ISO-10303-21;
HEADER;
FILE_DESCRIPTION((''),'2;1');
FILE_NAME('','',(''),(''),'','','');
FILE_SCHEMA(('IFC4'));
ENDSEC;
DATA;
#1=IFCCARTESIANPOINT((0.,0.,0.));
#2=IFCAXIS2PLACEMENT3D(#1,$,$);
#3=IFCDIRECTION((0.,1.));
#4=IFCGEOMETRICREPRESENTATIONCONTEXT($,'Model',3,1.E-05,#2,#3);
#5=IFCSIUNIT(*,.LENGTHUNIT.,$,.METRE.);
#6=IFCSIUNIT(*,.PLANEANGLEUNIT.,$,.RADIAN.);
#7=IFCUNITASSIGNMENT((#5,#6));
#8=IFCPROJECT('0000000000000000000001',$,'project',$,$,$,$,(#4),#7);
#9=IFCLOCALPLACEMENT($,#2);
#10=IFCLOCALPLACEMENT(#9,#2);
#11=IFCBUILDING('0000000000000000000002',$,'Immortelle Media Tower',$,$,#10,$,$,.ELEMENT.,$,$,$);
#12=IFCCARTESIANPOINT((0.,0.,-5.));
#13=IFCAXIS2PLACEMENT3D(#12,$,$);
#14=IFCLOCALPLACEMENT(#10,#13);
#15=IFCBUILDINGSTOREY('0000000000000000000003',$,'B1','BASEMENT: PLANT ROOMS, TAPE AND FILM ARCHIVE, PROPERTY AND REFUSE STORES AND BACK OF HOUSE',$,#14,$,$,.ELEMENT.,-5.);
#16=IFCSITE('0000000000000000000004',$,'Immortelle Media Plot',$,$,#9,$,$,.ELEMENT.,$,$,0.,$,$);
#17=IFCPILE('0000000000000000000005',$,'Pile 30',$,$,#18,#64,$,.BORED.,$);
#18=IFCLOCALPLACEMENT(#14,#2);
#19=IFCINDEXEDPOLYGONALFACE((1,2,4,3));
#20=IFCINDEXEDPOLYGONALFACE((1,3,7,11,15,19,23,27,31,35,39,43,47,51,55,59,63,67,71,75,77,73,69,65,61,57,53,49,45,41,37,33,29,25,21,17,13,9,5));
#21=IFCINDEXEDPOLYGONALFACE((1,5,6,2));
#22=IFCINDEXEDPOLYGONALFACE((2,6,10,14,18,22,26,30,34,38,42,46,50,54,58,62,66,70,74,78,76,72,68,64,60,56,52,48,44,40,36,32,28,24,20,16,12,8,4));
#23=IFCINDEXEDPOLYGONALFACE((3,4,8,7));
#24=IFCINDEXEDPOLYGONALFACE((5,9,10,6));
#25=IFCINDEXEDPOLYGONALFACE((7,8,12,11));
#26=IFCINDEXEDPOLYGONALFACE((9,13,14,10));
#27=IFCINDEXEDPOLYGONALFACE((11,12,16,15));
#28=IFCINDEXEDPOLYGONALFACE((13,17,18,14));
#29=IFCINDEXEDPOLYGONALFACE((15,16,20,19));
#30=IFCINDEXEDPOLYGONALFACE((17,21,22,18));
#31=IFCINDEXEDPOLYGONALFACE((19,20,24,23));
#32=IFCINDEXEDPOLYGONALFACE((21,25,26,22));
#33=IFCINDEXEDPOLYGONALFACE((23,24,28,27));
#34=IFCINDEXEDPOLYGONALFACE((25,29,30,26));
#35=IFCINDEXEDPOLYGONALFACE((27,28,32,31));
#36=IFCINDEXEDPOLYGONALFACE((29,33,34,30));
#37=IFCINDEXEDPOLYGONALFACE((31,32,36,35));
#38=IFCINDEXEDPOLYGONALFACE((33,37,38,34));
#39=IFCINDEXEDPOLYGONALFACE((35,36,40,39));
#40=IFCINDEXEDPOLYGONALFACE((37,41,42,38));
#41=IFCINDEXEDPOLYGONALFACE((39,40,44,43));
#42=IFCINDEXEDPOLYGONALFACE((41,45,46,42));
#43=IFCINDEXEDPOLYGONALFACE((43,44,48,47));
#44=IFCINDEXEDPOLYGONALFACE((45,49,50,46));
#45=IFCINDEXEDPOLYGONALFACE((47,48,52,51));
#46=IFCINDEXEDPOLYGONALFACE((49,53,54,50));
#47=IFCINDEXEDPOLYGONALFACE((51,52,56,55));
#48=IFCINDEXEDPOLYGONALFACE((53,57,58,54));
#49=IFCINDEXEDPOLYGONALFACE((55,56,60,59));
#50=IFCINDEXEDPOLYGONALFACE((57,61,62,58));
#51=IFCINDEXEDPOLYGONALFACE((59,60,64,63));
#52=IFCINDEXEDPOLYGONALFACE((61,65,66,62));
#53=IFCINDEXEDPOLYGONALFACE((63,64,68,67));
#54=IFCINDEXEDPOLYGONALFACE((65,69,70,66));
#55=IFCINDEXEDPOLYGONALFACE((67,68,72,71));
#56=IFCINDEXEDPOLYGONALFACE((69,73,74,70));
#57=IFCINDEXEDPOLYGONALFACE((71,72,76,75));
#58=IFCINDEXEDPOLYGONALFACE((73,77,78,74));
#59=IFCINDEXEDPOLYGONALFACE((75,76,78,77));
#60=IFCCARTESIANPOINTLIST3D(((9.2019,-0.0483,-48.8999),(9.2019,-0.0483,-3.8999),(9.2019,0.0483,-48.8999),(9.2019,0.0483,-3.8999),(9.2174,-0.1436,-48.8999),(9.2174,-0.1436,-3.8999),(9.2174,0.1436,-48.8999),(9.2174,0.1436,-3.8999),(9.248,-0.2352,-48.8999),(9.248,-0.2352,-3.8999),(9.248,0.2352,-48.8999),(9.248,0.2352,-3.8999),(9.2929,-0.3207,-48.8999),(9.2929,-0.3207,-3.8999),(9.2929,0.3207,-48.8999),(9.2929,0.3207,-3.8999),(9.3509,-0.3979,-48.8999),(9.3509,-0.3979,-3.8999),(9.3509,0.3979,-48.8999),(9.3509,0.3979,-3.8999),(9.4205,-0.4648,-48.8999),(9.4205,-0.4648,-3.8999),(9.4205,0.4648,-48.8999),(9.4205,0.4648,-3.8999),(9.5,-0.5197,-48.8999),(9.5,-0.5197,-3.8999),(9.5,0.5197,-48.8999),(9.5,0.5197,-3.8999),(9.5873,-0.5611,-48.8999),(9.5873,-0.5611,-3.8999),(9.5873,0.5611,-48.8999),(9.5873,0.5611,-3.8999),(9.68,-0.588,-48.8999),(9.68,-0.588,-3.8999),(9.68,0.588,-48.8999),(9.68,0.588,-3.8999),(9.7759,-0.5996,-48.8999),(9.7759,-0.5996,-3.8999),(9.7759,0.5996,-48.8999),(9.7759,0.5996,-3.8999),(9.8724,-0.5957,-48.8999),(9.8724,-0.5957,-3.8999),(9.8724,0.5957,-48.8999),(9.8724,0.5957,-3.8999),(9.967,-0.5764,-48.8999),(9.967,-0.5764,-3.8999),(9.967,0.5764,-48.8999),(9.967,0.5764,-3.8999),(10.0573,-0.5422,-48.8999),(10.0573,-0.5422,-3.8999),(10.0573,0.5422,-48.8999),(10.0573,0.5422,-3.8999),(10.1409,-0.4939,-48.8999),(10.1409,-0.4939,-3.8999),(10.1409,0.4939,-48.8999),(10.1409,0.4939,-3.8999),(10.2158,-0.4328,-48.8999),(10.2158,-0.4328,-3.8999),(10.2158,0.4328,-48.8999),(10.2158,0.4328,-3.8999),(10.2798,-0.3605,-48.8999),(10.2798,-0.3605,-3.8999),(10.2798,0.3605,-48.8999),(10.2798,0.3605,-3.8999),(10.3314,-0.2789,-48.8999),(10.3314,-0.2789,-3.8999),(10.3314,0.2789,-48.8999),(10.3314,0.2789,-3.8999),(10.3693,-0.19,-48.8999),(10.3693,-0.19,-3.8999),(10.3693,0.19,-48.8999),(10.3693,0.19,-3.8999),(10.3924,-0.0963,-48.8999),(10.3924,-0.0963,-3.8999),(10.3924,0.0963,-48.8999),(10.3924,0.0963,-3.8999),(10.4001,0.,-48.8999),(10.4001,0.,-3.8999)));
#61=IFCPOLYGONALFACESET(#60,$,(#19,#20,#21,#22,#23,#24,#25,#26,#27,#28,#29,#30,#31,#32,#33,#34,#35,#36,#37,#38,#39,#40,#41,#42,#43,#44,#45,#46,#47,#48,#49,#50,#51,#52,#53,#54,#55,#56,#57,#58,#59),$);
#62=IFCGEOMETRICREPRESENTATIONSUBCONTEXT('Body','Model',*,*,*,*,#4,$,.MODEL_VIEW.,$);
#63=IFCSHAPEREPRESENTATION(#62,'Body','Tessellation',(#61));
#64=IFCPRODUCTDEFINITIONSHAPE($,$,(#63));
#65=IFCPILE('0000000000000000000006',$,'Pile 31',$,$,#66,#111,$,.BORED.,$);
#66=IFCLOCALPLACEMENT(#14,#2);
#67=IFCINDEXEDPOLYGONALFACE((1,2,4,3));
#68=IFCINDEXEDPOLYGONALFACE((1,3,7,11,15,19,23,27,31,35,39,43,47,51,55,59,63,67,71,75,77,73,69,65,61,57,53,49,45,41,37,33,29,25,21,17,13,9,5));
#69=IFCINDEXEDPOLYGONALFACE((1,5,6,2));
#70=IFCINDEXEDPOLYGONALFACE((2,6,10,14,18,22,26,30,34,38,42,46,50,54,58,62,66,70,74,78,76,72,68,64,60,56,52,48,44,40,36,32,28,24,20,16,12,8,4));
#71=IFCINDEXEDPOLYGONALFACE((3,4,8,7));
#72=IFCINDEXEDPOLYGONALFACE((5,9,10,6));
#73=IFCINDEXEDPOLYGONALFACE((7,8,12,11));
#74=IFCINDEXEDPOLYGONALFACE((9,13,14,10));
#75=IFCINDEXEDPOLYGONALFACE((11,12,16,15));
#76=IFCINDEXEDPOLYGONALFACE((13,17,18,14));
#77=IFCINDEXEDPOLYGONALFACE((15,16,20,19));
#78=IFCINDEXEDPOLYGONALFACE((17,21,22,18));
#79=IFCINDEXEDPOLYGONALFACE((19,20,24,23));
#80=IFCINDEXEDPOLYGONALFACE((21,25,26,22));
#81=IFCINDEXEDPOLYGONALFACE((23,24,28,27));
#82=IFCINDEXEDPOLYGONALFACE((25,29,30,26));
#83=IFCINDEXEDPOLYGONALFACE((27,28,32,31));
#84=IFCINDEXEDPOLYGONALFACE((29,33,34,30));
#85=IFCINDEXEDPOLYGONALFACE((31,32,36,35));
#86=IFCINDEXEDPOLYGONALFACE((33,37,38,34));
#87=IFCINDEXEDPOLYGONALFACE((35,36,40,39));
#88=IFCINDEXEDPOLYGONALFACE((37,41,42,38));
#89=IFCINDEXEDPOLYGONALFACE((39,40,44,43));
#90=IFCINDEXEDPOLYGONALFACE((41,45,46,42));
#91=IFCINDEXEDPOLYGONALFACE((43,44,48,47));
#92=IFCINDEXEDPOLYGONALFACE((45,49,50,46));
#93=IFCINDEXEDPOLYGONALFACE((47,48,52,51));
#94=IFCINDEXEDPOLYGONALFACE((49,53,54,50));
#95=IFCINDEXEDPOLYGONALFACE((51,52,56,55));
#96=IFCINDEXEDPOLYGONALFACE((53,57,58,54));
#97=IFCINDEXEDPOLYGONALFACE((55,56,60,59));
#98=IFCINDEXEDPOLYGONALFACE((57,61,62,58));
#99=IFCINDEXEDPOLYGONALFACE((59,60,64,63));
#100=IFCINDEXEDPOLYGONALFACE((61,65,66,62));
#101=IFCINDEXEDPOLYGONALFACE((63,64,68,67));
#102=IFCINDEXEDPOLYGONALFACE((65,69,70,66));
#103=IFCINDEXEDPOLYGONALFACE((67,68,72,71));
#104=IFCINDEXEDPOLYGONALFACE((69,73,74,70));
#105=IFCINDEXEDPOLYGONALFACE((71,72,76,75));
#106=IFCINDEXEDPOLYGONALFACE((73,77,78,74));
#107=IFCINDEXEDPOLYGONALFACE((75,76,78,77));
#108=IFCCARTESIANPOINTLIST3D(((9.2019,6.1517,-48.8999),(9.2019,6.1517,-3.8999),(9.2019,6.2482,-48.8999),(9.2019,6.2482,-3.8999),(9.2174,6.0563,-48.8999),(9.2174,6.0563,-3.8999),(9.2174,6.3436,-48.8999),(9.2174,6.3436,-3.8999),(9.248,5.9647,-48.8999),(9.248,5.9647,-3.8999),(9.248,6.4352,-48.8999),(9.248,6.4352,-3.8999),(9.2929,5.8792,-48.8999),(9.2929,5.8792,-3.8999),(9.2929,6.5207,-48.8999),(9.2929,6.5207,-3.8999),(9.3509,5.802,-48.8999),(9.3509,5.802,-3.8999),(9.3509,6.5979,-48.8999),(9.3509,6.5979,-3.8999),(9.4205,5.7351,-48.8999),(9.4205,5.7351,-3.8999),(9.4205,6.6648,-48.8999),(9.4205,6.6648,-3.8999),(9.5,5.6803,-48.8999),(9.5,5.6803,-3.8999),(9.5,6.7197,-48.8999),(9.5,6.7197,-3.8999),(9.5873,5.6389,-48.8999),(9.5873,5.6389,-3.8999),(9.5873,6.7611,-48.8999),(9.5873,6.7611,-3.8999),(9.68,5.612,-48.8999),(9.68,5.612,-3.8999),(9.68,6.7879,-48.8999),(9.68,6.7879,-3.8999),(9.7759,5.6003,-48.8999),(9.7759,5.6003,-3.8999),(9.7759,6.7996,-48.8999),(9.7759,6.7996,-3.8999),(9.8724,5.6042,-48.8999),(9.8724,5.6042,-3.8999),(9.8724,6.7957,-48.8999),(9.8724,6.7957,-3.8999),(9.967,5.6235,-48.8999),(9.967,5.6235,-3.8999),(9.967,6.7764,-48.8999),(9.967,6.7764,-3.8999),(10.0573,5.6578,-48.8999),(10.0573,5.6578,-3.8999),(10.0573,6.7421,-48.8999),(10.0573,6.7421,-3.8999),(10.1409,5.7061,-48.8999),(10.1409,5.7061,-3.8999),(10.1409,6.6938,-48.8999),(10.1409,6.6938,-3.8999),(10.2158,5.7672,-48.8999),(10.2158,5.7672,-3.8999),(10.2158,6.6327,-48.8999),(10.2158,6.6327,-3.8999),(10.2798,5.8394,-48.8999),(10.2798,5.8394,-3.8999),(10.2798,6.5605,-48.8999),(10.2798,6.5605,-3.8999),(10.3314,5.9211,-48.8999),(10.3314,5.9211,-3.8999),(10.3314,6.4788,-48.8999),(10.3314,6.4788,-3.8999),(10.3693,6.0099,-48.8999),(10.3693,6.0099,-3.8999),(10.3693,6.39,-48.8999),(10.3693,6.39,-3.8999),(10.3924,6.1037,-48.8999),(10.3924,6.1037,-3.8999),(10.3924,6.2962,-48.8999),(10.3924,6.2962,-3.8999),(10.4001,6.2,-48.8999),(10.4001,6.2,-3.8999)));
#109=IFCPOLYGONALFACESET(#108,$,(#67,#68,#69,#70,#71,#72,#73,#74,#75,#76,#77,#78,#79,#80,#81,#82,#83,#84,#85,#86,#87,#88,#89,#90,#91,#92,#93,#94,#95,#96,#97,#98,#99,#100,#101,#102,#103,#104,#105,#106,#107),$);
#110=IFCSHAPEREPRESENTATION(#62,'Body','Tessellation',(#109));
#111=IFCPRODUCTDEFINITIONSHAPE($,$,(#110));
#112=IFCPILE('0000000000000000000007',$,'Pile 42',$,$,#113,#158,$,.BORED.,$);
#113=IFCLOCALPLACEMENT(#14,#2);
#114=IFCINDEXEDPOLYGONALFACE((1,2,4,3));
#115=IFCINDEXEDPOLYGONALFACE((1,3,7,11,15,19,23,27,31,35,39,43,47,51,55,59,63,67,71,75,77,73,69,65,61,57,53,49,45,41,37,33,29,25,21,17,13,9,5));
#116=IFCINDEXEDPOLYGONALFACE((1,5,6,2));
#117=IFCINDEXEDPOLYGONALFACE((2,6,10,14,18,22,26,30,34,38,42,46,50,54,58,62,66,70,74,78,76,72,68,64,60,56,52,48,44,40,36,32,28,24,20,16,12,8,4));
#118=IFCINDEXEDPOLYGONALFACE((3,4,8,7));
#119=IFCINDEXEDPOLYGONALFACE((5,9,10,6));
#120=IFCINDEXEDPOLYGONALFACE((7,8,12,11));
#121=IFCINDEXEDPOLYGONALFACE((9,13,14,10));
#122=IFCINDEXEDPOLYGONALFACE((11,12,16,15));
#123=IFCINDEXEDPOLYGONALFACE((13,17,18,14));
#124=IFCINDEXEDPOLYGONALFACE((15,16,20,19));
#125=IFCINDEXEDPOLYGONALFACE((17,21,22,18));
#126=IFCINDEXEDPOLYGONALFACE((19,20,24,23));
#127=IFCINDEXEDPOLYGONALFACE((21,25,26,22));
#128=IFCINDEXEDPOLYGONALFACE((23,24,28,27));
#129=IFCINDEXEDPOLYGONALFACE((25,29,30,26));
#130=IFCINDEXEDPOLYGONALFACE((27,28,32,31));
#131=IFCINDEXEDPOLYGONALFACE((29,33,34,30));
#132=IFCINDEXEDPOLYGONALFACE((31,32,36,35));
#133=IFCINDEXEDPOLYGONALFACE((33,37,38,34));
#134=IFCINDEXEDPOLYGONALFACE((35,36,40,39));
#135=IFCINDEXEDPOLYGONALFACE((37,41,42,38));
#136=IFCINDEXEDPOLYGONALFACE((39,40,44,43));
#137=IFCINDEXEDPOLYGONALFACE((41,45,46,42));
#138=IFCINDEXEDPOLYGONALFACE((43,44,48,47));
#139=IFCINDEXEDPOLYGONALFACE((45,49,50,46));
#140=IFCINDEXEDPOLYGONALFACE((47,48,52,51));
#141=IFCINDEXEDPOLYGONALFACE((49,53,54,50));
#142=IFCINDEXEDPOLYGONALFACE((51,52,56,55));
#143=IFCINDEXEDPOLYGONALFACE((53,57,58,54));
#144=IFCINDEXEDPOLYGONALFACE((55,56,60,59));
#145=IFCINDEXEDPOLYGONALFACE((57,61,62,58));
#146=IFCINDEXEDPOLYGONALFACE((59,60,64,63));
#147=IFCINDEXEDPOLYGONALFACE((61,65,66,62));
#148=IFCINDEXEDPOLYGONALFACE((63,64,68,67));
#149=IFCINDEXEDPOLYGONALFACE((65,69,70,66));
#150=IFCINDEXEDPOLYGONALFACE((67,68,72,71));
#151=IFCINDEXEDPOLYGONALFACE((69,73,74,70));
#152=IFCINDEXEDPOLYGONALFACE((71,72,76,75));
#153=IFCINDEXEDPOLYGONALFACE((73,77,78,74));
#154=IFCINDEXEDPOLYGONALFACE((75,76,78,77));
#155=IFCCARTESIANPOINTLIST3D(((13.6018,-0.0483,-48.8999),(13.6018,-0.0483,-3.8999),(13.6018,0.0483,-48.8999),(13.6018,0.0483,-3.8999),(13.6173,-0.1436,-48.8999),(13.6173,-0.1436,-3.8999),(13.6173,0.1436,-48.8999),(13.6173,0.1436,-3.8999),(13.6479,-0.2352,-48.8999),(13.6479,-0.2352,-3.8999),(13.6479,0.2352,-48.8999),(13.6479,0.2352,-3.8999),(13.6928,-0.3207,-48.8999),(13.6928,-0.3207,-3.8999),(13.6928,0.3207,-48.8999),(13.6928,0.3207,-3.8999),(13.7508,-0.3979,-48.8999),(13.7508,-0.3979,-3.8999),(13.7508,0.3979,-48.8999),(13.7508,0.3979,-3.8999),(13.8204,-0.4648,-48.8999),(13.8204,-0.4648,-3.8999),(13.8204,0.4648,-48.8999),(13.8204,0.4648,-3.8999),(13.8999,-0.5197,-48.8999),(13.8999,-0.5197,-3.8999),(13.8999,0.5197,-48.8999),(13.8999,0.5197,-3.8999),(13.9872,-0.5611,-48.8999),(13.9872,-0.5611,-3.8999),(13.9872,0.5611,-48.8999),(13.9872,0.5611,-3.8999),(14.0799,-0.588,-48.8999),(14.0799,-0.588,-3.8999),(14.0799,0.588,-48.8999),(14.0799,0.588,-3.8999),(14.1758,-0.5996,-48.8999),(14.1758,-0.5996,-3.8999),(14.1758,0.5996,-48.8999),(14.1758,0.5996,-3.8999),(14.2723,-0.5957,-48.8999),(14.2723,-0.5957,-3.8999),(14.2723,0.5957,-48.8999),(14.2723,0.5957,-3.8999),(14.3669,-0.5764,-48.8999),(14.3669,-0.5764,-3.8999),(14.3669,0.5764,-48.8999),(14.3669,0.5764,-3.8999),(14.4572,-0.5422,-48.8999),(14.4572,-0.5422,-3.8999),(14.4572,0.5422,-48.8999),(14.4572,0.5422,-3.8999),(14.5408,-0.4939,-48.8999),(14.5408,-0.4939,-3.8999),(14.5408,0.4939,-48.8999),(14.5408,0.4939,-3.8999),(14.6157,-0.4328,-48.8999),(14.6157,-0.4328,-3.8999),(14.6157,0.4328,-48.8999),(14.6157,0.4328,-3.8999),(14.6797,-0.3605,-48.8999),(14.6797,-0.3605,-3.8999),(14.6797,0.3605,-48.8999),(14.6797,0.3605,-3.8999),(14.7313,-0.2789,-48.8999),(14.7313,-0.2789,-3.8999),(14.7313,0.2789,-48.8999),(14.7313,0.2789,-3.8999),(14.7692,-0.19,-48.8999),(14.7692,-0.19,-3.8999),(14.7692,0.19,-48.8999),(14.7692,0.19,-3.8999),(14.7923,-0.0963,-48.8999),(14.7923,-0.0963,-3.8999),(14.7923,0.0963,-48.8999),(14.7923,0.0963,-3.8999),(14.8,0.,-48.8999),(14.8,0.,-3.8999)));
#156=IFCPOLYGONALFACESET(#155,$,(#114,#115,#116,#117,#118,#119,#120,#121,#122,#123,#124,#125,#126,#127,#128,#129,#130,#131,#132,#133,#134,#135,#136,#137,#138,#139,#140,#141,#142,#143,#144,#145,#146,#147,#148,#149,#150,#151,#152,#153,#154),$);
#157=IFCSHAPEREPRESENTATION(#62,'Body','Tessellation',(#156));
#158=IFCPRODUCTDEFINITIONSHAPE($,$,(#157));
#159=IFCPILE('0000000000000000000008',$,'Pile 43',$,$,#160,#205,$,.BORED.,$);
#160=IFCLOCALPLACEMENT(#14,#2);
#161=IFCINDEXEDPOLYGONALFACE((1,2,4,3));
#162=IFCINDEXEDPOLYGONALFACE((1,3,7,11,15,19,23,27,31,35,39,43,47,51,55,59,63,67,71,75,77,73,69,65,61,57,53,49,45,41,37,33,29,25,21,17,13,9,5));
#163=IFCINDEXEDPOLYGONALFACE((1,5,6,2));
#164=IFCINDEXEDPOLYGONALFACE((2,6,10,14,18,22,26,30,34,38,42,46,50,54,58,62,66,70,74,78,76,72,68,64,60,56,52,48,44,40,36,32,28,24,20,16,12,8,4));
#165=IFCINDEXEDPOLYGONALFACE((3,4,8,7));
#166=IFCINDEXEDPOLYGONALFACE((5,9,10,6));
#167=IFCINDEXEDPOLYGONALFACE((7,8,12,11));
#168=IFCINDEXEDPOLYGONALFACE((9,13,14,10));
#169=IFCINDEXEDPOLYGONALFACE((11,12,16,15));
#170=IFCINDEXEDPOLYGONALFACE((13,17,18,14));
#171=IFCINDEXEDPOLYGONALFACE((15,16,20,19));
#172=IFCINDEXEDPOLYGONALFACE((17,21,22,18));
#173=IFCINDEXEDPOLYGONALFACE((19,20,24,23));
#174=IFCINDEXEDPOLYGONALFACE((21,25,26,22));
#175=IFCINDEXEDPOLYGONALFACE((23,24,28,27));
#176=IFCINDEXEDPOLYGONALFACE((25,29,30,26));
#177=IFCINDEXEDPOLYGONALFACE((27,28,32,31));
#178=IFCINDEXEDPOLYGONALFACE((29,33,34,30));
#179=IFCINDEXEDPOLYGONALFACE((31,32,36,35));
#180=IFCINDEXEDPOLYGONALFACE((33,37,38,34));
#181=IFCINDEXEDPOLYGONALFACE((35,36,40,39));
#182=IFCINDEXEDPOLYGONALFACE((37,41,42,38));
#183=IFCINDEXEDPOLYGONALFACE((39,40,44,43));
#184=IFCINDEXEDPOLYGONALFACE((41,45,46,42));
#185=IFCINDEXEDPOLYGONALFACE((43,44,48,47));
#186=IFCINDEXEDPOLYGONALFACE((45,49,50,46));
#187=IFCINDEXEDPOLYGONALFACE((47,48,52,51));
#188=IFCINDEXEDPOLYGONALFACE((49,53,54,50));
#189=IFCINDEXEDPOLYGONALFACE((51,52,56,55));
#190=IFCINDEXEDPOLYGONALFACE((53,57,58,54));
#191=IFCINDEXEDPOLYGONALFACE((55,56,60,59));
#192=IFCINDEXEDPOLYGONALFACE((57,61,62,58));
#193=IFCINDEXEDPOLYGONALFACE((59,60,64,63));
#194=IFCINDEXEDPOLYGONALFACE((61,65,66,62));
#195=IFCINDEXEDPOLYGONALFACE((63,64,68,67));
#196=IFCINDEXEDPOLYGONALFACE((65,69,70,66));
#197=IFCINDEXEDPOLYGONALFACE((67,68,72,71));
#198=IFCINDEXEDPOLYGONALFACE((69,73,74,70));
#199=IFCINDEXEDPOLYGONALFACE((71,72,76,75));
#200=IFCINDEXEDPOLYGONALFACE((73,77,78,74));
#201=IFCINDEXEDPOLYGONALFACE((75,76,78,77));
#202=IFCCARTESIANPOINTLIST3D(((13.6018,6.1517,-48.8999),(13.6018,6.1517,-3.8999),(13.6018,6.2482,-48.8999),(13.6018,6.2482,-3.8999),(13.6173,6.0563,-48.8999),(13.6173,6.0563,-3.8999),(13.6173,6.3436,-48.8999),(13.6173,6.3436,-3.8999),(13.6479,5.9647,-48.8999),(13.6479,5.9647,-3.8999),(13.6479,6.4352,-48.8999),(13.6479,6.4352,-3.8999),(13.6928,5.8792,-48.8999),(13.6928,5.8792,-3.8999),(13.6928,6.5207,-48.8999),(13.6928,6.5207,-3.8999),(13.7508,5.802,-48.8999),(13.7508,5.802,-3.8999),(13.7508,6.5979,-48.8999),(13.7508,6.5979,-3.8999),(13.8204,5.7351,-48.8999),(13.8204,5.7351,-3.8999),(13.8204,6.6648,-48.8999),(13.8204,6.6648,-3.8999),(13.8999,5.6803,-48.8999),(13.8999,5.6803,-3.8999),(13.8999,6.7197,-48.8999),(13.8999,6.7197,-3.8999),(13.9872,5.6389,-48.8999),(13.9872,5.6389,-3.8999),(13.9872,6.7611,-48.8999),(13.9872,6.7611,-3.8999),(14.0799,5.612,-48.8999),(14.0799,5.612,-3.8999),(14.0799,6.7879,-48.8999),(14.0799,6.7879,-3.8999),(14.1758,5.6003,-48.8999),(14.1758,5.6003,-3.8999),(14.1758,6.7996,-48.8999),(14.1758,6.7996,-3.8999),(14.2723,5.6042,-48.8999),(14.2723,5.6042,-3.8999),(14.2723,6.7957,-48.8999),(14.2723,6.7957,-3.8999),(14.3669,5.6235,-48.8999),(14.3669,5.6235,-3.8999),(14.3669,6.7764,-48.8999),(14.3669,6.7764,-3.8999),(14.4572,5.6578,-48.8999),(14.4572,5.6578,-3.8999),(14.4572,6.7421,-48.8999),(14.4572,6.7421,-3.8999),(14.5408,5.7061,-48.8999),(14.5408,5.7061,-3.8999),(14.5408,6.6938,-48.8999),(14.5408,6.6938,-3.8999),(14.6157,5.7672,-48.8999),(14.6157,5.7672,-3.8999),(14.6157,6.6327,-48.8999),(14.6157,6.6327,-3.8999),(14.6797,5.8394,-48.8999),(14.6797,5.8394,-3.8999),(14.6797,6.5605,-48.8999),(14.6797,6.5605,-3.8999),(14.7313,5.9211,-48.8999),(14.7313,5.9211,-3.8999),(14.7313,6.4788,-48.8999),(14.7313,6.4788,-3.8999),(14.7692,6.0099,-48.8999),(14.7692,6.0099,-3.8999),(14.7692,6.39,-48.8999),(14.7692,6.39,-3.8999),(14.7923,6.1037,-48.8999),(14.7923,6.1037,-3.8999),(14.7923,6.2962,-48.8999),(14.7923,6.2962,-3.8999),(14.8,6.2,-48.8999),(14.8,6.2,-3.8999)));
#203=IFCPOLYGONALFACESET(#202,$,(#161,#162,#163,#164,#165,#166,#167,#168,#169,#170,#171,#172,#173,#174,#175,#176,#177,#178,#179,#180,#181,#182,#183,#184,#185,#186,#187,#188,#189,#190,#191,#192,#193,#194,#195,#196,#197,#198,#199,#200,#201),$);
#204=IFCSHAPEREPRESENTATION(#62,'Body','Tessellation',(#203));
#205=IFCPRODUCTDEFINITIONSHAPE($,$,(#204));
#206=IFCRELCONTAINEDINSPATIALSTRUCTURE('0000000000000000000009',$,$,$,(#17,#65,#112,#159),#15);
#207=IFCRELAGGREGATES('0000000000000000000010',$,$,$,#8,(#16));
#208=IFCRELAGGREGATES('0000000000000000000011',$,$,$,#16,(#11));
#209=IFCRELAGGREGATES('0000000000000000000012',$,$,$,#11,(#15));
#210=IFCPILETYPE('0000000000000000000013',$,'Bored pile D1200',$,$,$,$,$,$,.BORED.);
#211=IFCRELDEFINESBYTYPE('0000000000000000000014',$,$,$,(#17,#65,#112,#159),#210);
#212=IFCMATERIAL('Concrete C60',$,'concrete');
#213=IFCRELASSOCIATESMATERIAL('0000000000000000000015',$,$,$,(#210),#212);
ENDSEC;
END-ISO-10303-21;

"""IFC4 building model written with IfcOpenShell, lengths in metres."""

from ifc_helpers import new_model, si_unit, direction, frame, origin, origin_2d, place, context, subcontext, project, spatial, circle, extrude, material, material_profile, profile_set, type_object, element, save


model = new_model("IFC4")

# Units and contexts
model_context = context("Model", 3, precision=1e-05, world=origin(), true_north=direction((0.0, 1.0)))
body_context = subcontext(model_context, "Body", "Model", "MODEL_VIEW")
ifc_project = project(units=[si_unit("LENGTHUNIT", "METRE"), si_unit("PLANEANGLEUNIT", "RADIAN")], contexts=[model_context])

# Site, building, storey
site_placement = place(None, origin())
site = spatial("IfcSite", under=ifc_project, at=site_placement, Name="Immortelle Media Plot", CompositionType="ELEMENT", RefElevation=0.0)
building_placement = place(site_placement, origin())
building = spatial("IfcBuilding", under=site, at=building_placement, Name="Immortelle Media Tower", CompositionType="ELEMENT")
storey_placement = place(building_placement, frame((0.0, 0.0, -5.0)))
storey = spatial("IfcBuildingStorey", under=building, at=storey_placement, Name="B1", Description="BASEMENT: PLANT ROOMS, TAPE AND FILM ARCHIVE, PROPERTY AND REFUSE STORES AND BACK OF HOUSE", CompositionType="ELEMENT", Elevation=-5.0)

# Piles
ifc_material_1 = material(Name="Concrete C60", Category="concrete")
ifc_material_profile_1 = material_profile(ifc_material_1, circle(Radius=0.6001, at=origin_2d()), Name="Bored pile D1200")
ifc_profile_set_1 = profile_set([ifc_material_profile_1], Name="Concrete C60")
pile_type = type_object("IfcPileType", Name="Bored pile D1200", PredefinedType="BORED", material=ifc_profile_set_1)
for number, where, z_axis, x_axis, name in (
    (1, (9.8, 0.0, -3.8999), (0.0, 0.0, -1.0), (1.0, 0.0, 0.0), "Pile 30"),
    (2, (9.8, 6.2, -3.8999), (0.0, 0.0, -1.0), (1.0, 0.0, 0.0), "Pile 31"),
    (3, (14.2, 0.0, -3.8999), (0.0, 0.0, -1.0), (1.0, 0.0, 0.0), "Pile 42"),
    (4, (14.2, 6.2, -3.8999), (0.0, 0.0, -1.0), (1.0, 0.0, 0.0), "Pile 43"),
):
    element("IfcPile", number, at=place(storey_placement, frame(where, z_axis=z_axis, x_axis=x_axis)), inside=storey, type_object=pile_type, Name=name, PredefinedType="BORED", context=body_context, shape_type="SweptSolid", body=[
        extrude(circle(Radius=0.6001, at=origin_2d()), origin(), (0.0, 0.0, 1.0), 45.0),
    ])

save(model, "model.ifc")
